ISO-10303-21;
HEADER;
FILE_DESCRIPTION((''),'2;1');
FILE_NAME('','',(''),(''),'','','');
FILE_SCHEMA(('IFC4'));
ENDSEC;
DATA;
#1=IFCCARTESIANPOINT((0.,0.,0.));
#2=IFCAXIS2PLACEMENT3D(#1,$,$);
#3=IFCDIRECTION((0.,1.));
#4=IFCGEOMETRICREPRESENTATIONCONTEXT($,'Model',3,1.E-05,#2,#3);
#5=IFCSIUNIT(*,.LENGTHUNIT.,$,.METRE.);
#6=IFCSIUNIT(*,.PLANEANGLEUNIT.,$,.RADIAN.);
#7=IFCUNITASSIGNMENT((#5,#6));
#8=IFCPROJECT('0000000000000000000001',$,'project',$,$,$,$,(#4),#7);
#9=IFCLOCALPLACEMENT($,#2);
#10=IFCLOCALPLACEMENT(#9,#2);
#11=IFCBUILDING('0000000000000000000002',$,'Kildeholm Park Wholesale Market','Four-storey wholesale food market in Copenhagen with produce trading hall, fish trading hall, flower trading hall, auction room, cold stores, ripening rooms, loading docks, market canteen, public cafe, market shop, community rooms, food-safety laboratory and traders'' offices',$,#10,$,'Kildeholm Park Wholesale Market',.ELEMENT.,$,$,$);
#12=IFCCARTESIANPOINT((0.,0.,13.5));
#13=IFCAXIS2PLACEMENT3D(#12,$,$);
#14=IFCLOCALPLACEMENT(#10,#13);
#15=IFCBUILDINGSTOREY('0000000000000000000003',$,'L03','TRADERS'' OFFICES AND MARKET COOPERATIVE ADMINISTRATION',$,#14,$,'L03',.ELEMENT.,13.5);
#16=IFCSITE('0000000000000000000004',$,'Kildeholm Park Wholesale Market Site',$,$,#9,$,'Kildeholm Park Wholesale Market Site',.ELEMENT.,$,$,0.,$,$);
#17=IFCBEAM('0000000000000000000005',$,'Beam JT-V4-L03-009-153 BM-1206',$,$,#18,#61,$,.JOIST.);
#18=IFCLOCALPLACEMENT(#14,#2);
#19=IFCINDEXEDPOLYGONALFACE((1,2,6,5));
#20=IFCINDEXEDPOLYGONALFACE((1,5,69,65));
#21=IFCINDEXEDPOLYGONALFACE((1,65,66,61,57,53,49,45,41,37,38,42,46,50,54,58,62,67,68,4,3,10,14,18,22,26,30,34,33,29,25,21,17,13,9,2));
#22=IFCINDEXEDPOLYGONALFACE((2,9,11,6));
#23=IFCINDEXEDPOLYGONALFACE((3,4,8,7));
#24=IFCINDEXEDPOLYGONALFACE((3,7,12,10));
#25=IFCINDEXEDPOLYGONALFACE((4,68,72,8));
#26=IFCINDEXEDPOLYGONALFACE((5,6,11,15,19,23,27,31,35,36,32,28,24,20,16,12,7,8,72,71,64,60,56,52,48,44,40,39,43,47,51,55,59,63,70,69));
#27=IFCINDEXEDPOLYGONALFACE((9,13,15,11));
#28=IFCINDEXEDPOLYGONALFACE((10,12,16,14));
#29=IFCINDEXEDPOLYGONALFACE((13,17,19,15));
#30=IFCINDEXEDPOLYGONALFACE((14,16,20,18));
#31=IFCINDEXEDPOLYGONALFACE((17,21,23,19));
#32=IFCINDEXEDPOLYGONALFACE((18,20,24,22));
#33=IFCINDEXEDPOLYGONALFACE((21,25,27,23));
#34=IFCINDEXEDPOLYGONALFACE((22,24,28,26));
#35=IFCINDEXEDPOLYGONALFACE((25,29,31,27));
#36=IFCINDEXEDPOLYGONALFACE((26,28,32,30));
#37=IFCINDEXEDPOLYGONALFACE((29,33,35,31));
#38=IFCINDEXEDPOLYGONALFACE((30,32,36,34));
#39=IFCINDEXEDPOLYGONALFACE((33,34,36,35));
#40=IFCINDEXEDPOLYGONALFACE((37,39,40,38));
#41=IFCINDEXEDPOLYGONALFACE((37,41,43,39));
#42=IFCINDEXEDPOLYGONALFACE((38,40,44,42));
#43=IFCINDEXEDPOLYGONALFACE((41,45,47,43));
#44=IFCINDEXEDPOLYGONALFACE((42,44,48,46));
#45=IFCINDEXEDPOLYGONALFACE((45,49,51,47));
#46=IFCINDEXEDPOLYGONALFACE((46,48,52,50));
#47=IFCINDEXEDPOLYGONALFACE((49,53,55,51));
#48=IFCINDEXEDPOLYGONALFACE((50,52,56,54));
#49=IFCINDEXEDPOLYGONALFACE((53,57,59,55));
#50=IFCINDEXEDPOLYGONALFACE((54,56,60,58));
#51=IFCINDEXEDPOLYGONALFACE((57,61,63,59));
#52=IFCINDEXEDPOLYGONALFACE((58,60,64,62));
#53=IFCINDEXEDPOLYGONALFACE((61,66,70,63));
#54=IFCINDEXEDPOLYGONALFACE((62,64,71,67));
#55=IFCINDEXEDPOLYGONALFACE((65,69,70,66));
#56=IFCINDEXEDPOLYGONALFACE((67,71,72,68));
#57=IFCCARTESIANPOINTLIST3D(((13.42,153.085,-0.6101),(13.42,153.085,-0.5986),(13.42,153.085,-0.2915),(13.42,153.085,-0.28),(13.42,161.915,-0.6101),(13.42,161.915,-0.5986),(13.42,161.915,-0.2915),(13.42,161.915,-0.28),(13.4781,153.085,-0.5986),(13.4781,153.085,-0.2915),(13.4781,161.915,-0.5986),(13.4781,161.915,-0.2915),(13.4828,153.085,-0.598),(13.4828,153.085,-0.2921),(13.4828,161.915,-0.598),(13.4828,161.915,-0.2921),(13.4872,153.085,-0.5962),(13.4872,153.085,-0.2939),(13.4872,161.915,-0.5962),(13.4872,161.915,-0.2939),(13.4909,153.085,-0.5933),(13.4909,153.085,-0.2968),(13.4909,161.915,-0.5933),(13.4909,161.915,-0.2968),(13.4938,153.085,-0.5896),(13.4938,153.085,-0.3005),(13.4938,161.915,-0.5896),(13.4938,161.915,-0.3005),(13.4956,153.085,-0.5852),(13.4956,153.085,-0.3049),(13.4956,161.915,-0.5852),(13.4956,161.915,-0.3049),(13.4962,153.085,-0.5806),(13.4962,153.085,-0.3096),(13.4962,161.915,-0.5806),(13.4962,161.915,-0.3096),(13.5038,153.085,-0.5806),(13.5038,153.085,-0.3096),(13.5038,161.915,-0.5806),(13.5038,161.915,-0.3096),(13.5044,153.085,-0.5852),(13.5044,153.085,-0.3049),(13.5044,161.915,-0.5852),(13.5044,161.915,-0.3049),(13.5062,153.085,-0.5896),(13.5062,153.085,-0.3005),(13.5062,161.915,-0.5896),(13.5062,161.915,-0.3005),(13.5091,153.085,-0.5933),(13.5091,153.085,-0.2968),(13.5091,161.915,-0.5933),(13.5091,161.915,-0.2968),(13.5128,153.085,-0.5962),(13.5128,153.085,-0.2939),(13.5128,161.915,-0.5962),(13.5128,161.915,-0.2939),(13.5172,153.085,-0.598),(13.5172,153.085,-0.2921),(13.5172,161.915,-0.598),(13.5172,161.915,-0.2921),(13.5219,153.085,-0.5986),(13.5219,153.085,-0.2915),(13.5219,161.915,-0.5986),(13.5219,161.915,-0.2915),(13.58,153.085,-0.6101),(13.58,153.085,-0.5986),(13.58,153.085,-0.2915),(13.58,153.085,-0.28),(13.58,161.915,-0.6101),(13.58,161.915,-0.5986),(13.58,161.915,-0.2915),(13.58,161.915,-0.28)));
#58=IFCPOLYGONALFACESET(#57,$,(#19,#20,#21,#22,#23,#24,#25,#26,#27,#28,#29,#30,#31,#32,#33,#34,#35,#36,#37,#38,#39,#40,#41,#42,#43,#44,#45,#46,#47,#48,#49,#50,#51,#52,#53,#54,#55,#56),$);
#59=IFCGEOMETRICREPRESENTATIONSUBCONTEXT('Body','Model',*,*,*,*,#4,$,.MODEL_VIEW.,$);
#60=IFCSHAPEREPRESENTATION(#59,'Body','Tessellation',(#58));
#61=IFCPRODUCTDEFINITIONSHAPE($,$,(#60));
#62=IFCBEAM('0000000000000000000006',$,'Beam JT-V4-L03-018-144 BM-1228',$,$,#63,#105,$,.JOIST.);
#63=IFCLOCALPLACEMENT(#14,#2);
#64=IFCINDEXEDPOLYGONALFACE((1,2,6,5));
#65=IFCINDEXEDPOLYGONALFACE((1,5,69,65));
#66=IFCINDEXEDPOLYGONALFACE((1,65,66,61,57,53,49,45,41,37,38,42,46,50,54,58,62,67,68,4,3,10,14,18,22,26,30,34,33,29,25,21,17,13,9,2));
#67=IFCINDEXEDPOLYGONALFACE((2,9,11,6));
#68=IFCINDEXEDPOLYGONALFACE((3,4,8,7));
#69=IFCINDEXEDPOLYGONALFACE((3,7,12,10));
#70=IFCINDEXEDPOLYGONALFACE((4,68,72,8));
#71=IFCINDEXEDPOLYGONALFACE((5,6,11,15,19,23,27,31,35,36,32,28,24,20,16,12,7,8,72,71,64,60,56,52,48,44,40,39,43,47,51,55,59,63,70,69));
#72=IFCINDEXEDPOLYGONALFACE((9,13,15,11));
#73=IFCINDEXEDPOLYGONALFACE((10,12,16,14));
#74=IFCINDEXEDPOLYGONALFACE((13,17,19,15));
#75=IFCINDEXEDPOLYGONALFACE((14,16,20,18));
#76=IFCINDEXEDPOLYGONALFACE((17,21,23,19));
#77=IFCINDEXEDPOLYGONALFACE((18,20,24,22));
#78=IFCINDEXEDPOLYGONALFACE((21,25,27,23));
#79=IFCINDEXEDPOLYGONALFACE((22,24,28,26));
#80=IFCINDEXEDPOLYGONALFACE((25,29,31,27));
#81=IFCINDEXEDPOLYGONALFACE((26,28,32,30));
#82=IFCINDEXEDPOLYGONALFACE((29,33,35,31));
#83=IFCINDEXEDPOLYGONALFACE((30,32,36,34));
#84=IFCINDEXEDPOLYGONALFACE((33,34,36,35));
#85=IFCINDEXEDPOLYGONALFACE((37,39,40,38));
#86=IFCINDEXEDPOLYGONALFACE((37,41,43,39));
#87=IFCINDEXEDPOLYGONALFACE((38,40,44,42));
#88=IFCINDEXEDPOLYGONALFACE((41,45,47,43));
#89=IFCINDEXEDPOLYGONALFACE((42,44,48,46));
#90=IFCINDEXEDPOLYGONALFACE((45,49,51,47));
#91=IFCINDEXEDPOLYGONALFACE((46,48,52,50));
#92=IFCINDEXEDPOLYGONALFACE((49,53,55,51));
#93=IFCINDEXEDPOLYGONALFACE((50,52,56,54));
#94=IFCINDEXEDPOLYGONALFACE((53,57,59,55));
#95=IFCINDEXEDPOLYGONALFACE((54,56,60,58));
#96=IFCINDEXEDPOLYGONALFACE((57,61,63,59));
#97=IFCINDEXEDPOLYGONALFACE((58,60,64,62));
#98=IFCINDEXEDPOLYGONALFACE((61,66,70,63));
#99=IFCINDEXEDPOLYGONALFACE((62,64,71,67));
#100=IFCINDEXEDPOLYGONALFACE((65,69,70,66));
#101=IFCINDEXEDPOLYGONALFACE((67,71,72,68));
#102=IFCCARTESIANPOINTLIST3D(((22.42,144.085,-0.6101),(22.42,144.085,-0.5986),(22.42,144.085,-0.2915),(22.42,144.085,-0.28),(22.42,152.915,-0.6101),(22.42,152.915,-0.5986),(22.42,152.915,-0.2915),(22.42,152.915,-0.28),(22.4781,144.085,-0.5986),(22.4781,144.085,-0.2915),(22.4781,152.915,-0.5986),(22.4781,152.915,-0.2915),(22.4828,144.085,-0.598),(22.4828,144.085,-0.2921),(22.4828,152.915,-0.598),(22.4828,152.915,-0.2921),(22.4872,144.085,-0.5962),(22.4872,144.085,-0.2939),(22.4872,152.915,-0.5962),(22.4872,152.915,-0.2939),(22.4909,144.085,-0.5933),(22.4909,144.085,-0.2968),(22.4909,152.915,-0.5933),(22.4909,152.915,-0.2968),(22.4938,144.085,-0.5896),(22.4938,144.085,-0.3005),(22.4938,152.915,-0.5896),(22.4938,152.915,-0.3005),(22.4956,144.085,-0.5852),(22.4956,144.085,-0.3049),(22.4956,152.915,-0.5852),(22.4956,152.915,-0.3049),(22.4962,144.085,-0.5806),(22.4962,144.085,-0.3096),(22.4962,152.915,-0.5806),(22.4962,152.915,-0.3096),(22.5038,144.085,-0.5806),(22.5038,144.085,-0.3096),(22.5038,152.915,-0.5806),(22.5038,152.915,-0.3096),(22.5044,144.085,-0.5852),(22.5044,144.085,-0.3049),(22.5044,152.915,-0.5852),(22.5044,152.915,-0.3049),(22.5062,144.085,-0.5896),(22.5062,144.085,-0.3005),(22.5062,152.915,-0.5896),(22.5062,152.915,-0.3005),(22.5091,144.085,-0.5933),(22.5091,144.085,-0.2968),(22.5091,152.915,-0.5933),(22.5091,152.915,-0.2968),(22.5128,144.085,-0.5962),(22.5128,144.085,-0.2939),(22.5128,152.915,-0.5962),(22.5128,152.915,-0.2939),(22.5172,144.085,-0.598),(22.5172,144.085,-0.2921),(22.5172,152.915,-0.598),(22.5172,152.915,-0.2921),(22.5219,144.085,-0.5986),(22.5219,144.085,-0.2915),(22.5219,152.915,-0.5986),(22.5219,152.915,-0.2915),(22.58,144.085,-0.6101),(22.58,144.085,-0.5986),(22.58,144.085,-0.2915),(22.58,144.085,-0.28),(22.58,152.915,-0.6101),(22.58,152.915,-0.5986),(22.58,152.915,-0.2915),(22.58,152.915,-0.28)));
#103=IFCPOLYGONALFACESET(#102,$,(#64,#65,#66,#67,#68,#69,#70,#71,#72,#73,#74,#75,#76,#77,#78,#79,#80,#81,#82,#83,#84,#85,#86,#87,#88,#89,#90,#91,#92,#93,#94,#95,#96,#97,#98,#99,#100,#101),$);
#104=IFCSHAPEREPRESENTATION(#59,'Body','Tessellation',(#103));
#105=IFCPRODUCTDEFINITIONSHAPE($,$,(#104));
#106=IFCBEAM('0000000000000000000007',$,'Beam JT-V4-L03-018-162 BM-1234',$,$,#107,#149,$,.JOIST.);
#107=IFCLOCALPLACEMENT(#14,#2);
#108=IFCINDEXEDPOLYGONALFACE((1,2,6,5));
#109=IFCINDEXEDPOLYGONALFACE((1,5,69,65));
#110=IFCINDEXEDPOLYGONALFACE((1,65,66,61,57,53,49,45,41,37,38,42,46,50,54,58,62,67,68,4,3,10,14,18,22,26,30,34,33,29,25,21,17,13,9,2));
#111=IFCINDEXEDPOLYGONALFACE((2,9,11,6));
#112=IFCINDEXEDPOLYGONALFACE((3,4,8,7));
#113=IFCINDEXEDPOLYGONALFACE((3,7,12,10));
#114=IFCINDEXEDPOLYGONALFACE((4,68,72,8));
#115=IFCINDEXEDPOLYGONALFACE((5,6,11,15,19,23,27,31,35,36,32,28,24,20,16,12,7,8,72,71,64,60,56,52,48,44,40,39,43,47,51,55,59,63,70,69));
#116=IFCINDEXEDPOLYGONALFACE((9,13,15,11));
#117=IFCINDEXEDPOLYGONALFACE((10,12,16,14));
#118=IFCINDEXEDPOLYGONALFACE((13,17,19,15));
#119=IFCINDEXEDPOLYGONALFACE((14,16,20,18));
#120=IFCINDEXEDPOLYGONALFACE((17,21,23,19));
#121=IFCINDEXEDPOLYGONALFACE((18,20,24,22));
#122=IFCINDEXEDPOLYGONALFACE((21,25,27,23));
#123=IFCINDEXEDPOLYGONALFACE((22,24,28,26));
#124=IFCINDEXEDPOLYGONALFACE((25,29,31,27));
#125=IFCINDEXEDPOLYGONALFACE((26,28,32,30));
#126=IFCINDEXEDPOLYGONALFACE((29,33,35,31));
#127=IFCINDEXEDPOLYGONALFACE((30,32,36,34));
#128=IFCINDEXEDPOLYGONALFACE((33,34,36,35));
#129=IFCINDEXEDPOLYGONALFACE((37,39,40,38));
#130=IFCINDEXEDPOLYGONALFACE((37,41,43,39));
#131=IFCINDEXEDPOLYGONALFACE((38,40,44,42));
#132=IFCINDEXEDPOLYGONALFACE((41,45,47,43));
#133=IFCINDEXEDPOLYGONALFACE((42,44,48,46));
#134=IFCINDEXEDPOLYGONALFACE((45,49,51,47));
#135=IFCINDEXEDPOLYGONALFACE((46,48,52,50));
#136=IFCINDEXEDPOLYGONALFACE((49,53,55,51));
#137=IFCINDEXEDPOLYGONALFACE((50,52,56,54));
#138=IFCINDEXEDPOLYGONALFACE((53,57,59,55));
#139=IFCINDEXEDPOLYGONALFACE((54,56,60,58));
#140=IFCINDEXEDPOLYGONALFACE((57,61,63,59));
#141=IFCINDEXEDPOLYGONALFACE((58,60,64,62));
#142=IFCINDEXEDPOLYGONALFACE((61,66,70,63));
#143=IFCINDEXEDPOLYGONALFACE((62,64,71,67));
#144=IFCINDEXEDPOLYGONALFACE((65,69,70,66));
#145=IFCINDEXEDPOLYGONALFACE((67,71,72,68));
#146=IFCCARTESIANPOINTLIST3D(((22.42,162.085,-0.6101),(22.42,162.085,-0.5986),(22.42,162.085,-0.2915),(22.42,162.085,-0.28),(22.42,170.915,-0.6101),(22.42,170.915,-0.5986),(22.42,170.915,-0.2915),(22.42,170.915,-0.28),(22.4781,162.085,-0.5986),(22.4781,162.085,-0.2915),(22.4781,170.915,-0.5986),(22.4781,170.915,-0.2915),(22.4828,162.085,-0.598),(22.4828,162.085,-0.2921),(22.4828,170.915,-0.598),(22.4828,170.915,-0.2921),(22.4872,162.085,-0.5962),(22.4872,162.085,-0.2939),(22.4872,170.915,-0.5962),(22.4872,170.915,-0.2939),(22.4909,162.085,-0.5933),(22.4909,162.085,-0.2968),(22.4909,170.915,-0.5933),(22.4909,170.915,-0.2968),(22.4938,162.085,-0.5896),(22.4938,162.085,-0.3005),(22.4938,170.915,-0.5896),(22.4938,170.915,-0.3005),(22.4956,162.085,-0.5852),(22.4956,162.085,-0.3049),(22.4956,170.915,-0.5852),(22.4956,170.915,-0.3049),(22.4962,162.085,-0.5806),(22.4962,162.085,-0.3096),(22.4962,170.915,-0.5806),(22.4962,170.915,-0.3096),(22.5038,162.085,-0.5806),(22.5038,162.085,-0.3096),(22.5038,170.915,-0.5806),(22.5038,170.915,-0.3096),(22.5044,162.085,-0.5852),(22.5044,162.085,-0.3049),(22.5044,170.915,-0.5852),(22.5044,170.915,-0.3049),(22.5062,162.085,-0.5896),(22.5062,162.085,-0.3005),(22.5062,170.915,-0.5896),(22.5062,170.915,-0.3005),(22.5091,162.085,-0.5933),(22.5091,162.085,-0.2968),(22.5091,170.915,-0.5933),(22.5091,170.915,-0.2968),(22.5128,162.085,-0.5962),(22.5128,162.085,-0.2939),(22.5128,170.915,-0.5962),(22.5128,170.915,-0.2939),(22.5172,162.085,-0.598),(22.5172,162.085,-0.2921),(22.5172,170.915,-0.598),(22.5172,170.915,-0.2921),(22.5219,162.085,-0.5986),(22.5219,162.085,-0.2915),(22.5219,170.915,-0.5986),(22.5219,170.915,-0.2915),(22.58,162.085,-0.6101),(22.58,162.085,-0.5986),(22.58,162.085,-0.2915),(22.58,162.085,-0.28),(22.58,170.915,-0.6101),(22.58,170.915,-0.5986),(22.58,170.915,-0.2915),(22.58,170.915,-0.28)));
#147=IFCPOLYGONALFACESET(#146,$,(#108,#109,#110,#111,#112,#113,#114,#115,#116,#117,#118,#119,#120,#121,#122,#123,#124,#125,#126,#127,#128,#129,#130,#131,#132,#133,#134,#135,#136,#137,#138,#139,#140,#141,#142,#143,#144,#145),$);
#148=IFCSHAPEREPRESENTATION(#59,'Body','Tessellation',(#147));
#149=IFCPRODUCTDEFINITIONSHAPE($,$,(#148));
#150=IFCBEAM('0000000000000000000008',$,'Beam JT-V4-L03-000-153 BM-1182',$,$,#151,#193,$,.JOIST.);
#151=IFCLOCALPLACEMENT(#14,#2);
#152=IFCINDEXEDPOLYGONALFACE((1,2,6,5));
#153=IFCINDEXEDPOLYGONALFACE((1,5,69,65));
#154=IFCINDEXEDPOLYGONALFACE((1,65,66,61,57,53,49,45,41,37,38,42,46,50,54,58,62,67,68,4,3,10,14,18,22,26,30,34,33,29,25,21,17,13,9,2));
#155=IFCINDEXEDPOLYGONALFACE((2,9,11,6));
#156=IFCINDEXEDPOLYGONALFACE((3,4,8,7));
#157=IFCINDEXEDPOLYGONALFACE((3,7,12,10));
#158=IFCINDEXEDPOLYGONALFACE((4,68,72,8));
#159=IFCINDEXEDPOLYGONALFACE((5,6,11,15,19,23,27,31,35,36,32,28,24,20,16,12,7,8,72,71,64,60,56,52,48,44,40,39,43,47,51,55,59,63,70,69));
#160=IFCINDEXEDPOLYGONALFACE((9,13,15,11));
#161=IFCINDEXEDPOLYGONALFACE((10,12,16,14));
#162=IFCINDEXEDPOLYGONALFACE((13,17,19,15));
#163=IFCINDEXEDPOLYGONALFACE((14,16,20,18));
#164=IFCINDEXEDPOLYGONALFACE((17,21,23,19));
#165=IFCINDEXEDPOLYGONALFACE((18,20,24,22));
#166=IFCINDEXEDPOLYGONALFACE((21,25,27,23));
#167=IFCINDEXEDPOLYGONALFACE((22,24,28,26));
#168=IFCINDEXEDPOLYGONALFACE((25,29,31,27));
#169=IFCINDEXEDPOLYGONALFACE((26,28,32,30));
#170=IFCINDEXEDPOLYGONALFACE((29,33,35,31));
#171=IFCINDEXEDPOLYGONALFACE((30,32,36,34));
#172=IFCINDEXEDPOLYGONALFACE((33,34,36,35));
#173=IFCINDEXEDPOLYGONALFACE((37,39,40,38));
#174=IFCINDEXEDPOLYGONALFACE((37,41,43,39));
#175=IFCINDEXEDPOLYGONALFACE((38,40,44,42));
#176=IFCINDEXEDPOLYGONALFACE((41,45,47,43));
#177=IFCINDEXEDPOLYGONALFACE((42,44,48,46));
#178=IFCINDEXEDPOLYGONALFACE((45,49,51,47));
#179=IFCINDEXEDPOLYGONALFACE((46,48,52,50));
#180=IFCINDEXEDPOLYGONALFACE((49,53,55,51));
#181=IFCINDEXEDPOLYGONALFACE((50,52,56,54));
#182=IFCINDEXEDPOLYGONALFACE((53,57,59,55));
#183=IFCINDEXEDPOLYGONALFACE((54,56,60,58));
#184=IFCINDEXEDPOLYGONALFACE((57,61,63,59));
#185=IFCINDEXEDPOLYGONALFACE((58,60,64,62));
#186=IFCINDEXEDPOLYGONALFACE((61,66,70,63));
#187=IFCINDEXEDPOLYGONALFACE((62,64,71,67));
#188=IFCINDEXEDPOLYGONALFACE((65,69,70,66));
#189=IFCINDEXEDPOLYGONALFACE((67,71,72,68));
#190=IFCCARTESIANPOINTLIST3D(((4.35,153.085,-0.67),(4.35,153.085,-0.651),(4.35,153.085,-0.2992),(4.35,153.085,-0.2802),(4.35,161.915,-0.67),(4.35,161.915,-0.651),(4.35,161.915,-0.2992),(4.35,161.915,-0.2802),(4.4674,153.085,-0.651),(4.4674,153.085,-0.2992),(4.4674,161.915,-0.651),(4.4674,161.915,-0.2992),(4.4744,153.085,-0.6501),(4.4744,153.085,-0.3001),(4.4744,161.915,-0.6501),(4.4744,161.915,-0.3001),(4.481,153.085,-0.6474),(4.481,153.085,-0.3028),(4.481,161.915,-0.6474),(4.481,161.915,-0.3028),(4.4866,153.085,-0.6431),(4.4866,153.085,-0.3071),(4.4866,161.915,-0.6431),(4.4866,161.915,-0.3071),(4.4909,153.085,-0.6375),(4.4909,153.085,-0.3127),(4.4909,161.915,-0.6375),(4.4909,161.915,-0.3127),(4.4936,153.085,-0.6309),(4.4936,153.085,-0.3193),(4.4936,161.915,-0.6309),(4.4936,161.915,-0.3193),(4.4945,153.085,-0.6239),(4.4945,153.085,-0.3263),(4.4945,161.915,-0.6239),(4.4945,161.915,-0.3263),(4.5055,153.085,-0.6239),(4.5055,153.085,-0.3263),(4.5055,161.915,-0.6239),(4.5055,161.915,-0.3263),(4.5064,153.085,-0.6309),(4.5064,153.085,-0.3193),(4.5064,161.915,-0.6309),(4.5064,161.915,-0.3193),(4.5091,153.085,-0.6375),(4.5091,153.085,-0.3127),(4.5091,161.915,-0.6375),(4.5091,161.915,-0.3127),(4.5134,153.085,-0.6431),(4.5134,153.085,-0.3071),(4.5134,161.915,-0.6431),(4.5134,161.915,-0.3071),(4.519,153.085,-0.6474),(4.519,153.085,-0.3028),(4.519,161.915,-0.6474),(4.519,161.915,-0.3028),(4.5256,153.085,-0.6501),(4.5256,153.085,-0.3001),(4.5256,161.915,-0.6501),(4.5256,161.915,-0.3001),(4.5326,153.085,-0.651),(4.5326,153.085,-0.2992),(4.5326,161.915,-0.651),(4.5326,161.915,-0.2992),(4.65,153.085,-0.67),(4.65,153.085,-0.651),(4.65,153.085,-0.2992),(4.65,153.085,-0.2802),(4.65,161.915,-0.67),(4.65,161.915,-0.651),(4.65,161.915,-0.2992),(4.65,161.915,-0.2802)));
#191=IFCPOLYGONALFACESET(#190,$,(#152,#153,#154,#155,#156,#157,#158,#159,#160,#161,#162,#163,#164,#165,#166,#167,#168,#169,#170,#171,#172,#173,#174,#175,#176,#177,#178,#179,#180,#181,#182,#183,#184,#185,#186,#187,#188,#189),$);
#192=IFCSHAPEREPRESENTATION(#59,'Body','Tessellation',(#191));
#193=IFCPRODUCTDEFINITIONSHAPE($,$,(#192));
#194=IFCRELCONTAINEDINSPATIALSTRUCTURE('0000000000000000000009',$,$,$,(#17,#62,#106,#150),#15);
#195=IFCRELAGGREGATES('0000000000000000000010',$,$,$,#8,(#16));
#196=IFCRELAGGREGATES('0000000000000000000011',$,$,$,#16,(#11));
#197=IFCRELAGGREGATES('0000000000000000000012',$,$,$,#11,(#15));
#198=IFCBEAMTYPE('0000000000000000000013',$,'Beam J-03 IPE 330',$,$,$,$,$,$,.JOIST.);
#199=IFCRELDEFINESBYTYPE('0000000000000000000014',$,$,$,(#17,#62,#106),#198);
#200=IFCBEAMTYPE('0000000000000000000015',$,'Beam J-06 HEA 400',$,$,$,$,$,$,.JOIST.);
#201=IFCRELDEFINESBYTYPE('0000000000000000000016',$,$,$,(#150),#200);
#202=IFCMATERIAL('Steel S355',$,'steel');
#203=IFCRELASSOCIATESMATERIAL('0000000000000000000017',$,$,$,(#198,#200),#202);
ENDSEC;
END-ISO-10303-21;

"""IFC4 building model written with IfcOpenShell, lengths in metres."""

from ifc_helpers import new_model, si_unit, direction, frame, origin, origin_2d, place, context, subcontext, project, spatial, i_section, extrude, material, material_profile, profile_set, type_object, element, save


model = new_model("IFC4")

# Units and contexts
model_context = context("Model", 3, precision=1e-05, world=origin(), true_north=direction((0.0, 1.0)))
body_context = subcontext(model_context, "Body", "Model", "MODEL_VIEW")
ifc_project = project(units=[si_unit("LENGTHUNIT", "METRE"), si_unit("PLANEANGLEUNIT", "RADIAN")], contexts=[model_context])

# Site, building, storey
site_placement = place(None, origin())
site = spatial("IfcSite", under=ifc_project, at=site_placement, Name="Kildeholm Park Wholesale Market Site", LongName="Kildeholm Park Wholesale Market Site", CompositionType="ELEMENT", RefElevation=0.0)
building_placement = place(site_placement, origin())
building = spatial("IfcBuilding", under=site, at=building_placement, Name="Kildeholm Park Wholesale Market", Description="Four-storey wholesale food market in Copenhagen with produce trading hall, fish trading hall, flower trading hall, auction room, cold stores, ripening rooms, loading docks, market canteen, public cafe, market shop, community rooms, food-safety laboratory and traders' offices", LongName="Kildeholm Park Wholesale Market", CompositionType="ELEMENT")
storey_placement = place(building_placement, frame((0.0, 0.0, 13.5)))
storey = spatial("IfcBuildingStorey", under=building, at=storey_placement, Name="L03", Description="TRADERS' OFFICES AND MARKET COOPERATIVE ADMINISTRATION", LongName="L03", CompositionType="ELEMENT", Elevation=13.5)

# Beams
ifc_material_1 = material(Name="Steel S355", Category="steel")
ifc_material_profile_1 = material_profile(ifc_material_1, i_section(OverallWidth=0.1599, OverallDepth=0.3301, WebThickness=0.0076, FlangeThickness=0.0115, FilletRadius=0.0181, at=origin_2d()), Name="IPE 330")
ifc_profile_set_1 = profile_set([ifc_material_profile_1], Name="Steel S355")
beam_type_1 = type_object("IfcBeamType", Name="Beam J-03 IPE 330", PredefinedType="JOIST", material=ifc_profile_set_1)
for number, where, z_axis, x_axis, name in (
    (1, (13.5, 153.085, -0.4451), (0.0, 1.0, 0.0), (-1.0, 0.0, 0.0), "Beam JT-V4-L03-009-153 BM-1206"),
    (2, (22.5, 144.085, -0.4451), (0.0, 1.0, 0.0), (-1.0, 0.0, 0.0), "Beam JT-V4-L03-018-144 BM-1228"),
    (3, (22.5, 162.085, -0.4451), (0.0, 1.0, 0.0), (-1.0, 0.0, 0.0), "Beam JT-V4-L03-018-162 BM-1234"),
):
    element("IfcBeam", number, at=place(storey_placement, frame(where, z_axis=z_axis, x_axis=x_axis)), inside=storey, type_object=beam_type_1, Name=name, PredefinedType="JOIST", context=body_context, shape_type="SweptSolid", body=[
        extrude(i_section(OverallWidth=0.1599, OverallDepth=0.3301, WebThickness=0.0076, FlangeThickness=0.0115, FilletRadius=0.0181, at=origin_2d()), origin(), (0.0, 0.0, 1.0), 8.8301),
    ])
ifc_material_profile_2 = material_profile(ifc_material_1, i_section(OverallWidth=0.3, OverallDepth=0.3899, WebThickness=0.011, FlangeThickness=0.019, FilletRadius=0.0271, at=origin_2d()), Name="HEA 400")
ifc_profile_set_2 = profile_set([ifc_material_profile_2], Name="Steel S355")
beam_type_2 = type_object("IfcBeamType", Name="Beam J-06 HEA 400", PredefinedType="JOIST", material=ifc_profile_set_2)
for number, where, z_axis, x_axis, name in (
    (4, (4.5, 153.085, -0.4751), (0.0, 1.0, 0.0), (-1.0, 0.0, 0.0), "Beam JT-V4-L03-000-153 BM-1182"),
):
    element("IfcBeam", number, at=place(storey_placement, frame(where, z_axis=z_axis, x_axis=x_axis)), inside=storey, type_object=beam_type_2, Name=name, PredefinedType="JOIST", context=body_context, shape_type="SweptSolid", body=[
        extrude(i_section(OverallWidth=0.3, OverallDepth=0.3899, WebThickness=0.011, FlangeThickness=0.019, FilletRadius=0.0271, at=origin_2d()), origin(), (0.0, 0.0, 1.0), 8.8301),
    ])

save(model, "model.ifc")
